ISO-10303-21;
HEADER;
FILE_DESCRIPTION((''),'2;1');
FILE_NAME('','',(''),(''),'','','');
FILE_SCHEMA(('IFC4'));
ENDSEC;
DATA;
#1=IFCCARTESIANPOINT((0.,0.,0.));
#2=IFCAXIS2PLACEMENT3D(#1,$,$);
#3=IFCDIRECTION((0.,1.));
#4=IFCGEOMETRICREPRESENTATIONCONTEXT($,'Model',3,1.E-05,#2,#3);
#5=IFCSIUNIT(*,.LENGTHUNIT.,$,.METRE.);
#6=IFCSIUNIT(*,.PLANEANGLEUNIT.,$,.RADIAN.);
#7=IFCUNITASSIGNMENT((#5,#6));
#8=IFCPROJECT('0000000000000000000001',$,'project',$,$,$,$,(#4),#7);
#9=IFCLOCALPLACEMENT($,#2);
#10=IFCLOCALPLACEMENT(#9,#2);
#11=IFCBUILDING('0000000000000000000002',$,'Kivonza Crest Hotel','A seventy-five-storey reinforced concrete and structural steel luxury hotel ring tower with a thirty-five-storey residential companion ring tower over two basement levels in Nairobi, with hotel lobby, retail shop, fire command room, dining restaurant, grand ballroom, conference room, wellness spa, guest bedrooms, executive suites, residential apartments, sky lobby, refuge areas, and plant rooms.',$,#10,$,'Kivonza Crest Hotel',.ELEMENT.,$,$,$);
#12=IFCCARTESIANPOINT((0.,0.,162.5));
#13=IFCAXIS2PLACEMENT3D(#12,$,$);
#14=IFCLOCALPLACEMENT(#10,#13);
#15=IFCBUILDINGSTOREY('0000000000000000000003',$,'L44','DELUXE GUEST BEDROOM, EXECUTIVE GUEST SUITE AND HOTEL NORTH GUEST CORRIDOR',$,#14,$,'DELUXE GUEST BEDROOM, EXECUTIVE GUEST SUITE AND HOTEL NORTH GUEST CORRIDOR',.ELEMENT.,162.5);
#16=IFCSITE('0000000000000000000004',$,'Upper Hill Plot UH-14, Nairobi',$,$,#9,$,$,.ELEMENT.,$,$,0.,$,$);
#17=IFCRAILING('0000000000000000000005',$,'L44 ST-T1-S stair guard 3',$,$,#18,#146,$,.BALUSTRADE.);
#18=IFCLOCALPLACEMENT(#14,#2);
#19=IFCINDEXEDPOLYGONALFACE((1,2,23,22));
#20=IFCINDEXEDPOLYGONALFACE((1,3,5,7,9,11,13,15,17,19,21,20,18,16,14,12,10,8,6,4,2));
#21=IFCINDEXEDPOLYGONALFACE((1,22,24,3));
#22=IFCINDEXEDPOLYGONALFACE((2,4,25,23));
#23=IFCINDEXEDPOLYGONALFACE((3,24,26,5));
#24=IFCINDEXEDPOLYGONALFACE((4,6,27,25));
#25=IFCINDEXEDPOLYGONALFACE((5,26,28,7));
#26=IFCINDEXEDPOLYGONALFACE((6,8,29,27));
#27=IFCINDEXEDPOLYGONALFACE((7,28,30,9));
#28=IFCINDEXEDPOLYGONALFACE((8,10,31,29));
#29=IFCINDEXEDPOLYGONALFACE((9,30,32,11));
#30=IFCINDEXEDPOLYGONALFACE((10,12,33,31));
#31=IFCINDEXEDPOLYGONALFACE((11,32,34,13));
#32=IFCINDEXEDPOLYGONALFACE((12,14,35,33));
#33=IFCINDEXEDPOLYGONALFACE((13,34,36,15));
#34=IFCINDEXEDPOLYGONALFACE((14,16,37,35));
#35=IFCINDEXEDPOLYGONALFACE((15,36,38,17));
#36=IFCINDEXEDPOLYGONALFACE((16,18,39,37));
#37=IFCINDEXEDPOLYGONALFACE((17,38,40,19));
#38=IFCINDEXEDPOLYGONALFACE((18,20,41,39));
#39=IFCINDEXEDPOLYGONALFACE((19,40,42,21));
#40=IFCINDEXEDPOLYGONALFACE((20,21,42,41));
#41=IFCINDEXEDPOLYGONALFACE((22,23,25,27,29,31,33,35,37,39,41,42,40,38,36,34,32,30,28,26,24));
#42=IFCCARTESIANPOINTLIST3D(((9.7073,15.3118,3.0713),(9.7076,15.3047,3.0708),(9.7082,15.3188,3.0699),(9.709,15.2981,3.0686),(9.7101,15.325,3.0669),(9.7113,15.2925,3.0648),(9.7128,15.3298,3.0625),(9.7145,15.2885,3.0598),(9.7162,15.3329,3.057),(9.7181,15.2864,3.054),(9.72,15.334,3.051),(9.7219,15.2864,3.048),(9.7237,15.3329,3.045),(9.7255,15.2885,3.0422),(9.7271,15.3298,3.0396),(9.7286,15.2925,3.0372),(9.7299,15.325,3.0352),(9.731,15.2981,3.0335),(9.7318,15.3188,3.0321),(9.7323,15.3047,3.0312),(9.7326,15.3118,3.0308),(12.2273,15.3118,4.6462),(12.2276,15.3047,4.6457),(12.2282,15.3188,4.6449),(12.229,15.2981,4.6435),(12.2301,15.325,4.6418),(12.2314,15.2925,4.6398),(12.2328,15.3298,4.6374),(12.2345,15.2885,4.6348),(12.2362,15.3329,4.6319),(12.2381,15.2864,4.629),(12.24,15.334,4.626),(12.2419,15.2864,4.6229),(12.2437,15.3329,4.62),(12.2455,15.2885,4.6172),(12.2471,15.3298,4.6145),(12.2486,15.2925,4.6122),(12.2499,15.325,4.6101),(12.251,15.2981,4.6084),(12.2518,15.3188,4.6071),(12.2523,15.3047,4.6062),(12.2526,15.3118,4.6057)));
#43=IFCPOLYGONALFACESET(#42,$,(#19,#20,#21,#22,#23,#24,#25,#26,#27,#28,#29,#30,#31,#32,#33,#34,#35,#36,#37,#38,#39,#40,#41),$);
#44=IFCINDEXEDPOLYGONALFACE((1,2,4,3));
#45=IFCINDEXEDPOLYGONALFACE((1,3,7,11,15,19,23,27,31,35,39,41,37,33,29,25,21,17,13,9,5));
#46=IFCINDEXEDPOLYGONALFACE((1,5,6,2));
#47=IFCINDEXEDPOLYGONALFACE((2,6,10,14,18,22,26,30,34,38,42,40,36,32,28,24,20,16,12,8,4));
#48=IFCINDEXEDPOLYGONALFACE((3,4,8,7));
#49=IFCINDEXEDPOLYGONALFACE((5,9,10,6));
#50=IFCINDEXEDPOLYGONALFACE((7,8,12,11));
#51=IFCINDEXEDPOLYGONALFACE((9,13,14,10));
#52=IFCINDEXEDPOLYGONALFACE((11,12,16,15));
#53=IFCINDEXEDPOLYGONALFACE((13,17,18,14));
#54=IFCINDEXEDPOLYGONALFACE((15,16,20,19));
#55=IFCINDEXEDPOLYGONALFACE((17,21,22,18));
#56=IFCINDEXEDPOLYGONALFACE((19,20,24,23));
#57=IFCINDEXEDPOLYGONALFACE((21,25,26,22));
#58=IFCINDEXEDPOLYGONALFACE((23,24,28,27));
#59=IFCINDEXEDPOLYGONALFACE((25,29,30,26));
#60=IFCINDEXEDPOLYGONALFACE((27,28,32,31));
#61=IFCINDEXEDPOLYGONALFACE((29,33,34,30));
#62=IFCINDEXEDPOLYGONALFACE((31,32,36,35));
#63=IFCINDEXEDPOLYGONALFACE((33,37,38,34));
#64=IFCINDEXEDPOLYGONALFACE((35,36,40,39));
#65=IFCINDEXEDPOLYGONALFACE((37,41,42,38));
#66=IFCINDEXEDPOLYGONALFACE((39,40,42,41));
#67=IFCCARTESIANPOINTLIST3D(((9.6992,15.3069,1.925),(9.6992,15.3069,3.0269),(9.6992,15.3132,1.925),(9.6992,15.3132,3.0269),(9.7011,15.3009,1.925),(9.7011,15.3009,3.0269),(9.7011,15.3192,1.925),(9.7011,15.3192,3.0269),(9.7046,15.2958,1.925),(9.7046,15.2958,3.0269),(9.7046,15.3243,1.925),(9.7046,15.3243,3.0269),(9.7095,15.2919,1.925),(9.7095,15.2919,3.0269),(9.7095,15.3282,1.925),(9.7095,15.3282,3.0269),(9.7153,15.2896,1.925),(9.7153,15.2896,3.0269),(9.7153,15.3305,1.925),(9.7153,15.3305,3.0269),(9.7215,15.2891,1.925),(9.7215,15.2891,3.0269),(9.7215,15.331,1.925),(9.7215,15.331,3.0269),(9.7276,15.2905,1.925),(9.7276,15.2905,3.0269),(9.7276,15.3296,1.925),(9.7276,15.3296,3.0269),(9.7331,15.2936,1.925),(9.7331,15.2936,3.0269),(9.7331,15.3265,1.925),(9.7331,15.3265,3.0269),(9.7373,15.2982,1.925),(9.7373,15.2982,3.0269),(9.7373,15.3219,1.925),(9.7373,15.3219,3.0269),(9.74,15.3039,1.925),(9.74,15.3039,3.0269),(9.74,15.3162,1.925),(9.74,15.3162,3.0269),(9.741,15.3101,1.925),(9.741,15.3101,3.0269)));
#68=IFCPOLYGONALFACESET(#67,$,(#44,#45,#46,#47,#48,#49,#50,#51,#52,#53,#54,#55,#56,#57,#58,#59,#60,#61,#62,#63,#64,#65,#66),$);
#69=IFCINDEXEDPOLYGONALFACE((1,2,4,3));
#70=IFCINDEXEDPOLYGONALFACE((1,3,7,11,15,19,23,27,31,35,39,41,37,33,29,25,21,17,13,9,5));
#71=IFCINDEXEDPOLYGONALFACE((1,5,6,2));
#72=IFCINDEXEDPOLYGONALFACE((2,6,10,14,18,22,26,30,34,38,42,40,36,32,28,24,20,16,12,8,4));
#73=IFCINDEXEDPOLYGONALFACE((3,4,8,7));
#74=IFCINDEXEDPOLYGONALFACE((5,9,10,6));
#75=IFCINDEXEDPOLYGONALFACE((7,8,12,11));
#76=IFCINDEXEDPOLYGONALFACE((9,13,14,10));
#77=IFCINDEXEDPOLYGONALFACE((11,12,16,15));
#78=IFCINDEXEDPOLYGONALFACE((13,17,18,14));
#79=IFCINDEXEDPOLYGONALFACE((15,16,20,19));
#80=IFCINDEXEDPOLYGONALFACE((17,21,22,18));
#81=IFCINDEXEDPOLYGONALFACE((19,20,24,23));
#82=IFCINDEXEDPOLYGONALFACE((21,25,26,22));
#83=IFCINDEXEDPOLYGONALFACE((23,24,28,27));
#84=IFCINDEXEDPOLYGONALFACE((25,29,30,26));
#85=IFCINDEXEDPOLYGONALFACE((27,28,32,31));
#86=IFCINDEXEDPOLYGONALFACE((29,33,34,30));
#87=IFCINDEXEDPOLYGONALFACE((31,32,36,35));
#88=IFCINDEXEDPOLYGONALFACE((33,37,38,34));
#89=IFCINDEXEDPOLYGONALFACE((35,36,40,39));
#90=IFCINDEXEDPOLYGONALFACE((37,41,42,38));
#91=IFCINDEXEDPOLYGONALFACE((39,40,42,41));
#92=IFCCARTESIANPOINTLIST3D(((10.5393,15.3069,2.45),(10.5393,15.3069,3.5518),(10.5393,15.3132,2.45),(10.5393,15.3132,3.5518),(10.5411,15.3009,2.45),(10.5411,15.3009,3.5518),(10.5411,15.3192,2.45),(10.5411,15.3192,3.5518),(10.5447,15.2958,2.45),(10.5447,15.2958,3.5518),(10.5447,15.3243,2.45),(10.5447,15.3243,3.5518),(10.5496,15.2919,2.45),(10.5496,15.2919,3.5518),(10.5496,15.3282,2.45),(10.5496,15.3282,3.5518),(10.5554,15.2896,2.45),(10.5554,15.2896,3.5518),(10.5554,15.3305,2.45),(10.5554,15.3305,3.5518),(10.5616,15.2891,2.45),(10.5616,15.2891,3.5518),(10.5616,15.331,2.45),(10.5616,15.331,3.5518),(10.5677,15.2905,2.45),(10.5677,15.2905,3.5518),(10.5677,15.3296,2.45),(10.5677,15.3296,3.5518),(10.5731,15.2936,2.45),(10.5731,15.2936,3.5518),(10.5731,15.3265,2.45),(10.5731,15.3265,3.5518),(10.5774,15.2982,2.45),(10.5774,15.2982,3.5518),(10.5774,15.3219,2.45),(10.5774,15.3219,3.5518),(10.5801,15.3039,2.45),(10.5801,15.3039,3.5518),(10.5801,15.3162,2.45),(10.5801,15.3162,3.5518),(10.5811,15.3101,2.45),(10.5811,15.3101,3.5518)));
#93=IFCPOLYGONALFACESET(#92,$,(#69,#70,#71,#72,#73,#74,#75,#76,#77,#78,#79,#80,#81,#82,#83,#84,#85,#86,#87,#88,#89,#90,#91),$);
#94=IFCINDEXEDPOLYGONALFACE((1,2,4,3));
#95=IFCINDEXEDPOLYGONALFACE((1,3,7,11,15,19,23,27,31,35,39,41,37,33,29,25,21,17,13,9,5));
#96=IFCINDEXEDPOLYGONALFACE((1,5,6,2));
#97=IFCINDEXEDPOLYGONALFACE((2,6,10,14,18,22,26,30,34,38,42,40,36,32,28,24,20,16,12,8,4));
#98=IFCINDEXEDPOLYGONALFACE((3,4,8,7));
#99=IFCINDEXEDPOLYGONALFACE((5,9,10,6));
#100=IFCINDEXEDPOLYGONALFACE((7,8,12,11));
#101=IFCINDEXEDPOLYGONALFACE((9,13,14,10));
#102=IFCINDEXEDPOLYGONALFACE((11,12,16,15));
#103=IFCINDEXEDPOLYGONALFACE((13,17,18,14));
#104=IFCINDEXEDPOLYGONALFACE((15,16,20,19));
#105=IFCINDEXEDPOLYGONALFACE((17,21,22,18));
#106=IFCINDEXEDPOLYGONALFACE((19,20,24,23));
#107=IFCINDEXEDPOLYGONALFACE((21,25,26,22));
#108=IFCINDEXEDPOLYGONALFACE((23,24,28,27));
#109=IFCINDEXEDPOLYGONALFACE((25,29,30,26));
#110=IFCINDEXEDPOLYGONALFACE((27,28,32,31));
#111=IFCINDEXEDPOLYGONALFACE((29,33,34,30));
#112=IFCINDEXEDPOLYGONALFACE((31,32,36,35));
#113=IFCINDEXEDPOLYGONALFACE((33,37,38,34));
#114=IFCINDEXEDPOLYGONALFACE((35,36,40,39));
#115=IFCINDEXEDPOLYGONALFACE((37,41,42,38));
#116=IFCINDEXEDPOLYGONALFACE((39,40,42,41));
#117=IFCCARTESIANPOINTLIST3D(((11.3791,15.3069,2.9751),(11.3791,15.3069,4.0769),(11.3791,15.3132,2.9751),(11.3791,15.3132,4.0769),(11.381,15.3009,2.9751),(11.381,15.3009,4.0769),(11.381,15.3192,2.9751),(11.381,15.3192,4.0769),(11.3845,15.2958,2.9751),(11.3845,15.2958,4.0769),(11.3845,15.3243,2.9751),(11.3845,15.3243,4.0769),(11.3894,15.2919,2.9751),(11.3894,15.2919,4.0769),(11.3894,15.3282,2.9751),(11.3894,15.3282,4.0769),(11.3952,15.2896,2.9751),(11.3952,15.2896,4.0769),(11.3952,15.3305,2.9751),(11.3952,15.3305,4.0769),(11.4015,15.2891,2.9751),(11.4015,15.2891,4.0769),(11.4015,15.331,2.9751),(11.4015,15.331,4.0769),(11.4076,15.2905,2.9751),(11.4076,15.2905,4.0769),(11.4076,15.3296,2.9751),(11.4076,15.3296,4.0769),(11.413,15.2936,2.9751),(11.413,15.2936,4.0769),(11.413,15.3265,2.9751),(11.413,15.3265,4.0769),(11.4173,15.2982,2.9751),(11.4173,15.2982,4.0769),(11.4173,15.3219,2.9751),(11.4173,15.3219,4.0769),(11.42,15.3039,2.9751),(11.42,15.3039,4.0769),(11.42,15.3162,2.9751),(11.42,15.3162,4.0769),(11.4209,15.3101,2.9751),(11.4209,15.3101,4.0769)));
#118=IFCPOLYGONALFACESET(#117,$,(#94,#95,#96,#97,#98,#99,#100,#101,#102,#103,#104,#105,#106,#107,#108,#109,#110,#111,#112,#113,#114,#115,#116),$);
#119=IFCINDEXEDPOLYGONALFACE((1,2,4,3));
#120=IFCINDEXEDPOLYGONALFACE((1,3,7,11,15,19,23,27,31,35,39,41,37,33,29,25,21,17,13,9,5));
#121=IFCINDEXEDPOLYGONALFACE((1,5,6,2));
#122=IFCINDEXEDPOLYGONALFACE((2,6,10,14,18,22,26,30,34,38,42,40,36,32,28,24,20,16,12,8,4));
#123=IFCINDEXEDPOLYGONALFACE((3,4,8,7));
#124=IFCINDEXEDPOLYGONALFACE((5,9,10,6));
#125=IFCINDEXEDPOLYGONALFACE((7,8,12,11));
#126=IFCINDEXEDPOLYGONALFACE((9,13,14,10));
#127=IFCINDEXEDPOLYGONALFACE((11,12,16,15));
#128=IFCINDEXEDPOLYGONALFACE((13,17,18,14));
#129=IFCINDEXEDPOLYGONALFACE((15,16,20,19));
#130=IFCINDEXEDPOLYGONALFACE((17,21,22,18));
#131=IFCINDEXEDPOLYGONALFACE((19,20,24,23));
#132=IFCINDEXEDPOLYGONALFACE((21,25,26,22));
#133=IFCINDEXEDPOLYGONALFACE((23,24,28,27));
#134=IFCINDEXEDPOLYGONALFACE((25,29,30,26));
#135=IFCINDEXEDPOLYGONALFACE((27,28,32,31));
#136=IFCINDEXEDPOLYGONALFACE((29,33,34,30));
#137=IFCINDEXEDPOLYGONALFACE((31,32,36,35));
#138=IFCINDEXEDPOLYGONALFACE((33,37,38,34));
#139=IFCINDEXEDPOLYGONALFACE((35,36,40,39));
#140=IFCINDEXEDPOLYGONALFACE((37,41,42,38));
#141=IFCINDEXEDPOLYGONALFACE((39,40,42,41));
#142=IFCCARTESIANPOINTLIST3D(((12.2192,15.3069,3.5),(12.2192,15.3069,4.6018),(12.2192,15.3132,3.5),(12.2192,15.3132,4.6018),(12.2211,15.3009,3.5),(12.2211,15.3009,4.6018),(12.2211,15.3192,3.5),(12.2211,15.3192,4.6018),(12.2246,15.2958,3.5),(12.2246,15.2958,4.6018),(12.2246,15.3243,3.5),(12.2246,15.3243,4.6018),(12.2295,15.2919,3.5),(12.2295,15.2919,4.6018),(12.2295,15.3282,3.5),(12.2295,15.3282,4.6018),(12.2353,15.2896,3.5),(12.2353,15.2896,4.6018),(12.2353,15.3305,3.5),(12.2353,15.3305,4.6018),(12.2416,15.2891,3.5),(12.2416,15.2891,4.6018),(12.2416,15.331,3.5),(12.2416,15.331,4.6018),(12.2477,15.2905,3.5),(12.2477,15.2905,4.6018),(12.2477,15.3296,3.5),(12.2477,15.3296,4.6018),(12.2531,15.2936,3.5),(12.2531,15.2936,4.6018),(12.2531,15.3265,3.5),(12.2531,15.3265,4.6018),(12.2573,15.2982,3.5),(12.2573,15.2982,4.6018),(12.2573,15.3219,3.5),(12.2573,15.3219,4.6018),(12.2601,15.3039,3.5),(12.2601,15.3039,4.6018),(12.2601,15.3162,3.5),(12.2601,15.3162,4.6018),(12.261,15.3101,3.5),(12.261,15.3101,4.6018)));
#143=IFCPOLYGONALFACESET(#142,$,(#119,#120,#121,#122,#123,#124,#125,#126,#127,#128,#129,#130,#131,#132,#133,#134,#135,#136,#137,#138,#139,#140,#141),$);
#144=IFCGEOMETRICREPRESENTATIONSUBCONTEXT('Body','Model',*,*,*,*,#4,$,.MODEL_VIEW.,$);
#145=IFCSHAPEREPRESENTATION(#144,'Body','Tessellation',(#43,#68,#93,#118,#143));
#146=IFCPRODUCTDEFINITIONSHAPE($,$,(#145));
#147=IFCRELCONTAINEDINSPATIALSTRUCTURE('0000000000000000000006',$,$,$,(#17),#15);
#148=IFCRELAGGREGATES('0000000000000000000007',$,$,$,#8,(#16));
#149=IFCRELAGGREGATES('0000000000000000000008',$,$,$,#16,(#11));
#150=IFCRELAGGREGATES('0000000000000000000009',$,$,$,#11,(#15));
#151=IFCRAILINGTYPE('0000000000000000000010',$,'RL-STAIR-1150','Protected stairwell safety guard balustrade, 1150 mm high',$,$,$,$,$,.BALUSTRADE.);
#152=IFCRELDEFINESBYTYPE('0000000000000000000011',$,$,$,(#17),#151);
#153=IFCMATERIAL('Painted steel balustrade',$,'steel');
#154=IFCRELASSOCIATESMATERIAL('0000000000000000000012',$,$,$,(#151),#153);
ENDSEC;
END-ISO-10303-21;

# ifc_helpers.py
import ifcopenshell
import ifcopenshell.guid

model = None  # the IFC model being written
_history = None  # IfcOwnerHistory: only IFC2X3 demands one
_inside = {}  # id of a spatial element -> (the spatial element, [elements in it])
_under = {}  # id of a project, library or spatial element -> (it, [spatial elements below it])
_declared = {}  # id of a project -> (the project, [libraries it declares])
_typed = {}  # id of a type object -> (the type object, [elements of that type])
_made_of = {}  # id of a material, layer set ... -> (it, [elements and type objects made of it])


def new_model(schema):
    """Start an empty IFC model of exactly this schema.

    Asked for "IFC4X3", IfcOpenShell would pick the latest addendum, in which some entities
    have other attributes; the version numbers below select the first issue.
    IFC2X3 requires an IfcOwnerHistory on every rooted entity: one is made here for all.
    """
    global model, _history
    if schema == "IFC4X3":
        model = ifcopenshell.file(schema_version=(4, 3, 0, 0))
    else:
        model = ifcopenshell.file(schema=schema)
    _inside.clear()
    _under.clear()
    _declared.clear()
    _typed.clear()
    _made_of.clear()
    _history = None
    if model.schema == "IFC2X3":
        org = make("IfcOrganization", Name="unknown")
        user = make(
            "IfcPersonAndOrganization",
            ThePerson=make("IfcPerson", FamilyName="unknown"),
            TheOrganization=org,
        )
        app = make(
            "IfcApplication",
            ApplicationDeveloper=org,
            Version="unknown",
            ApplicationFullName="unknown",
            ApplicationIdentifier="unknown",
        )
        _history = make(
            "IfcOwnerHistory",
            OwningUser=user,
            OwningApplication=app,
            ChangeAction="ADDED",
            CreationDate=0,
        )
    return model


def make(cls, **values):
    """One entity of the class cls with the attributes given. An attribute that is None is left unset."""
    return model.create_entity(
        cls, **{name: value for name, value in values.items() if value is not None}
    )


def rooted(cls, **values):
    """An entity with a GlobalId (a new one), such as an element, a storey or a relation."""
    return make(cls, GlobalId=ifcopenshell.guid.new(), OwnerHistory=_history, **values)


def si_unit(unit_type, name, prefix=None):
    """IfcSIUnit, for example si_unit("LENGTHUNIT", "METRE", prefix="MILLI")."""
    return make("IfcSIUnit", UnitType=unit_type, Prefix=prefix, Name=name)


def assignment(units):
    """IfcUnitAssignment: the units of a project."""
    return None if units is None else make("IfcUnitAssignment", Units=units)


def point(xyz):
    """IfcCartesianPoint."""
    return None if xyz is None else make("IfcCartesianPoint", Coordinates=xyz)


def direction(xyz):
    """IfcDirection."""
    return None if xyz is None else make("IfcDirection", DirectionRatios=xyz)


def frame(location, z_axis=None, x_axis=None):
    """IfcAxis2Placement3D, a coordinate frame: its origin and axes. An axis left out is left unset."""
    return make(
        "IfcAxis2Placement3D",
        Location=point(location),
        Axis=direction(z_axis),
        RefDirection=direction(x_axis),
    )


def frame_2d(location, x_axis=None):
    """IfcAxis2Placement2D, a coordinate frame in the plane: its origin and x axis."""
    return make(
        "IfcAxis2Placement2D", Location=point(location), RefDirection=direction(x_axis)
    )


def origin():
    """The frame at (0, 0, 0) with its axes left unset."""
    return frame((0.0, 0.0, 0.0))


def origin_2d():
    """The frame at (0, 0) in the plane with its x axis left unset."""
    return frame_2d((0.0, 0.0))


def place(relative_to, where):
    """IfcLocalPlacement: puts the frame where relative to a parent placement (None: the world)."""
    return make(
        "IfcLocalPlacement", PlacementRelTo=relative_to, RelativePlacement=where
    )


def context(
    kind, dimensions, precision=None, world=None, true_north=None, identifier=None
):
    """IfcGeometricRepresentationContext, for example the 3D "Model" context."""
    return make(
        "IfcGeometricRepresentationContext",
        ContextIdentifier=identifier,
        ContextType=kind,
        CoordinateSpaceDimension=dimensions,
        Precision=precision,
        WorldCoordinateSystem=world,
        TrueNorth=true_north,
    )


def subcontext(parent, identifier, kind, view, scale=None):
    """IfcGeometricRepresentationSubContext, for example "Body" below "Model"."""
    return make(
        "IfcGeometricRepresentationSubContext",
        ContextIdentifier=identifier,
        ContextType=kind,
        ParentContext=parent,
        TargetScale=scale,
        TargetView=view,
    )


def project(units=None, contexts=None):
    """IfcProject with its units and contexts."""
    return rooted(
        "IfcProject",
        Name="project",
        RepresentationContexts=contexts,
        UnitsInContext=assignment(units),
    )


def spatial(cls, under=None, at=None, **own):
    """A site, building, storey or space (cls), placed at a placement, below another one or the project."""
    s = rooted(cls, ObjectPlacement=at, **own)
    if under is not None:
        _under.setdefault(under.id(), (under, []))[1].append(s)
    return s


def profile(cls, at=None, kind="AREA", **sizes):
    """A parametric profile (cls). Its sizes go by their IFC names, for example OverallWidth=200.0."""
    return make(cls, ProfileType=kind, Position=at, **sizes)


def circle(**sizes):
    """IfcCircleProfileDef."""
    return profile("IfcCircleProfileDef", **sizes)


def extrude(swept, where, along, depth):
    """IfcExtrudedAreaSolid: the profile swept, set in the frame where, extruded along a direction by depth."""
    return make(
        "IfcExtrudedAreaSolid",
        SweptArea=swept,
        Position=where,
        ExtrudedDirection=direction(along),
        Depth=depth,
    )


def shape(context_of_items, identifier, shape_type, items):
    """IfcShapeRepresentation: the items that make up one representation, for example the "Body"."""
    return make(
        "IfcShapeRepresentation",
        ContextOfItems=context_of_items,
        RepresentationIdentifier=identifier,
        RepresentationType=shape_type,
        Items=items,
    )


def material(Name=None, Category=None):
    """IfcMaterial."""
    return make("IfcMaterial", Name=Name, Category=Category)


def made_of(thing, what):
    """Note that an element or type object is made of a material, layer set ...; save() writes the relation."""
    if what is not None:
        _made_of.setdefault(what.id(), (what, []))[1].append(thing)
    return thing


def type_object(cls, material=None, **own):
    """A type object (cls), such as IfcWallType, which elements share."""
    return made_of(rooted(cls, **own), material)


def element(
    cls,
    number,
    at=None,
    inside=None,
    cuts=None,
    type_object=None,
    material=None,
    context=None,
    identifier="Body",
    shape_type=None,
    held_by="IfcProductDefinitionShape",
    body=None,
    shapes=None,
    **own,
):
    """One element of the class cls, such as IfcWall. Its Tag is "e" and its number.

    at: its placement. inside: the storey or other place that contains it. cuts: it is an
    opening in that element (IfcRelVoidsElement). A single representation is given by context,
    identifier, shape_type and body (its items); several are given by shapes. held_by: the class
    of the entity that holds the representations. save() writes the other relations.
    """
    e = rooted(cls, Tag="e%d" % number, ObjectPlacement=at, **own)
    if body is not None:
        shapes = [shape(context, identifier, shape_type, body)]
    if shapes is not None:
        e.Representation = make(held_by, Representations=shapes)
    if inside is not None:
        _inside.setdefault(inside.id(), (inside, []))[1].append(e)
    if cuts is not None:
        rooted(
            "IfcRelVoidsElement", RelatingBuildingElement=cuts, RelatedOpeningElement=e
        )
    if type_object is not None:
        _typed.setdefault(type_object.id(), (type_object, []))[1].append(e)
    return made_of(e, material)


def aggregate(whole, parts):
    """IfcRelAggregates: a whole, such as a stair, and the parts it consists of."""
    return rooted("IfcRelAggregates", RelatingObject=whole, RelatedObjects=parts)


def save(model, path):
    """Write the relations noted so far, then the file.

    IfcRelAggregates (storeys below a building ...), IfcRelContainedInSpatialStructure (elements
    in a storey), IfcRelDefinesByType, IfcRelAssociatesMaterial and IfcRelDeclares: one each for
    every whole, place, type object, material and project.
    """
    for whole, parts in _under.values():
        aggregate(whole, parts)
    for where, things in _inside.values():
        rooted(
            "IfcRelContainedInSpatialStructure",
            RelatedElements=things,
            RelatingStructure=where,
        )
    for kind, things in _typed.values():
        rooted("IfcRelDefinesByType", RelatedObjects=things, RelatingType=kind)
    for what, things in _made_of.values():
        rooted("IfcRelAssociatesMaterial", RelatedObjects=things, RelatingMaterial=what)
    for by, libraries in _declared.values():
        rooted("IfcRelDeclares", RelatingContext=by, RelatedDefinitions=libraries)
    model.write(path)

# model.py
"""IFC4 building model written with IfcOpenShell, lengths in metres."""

from ifc_helpers import new_model, si_unit, direction, frame, origin, origin_2d, place, context, subcontext, project, spatial, circle, extrude, material, type_object, element, save


model = new_model("IFC4")

# Units and contexts
model_context = context("Model", 3, precision=1e-05, world=origin(), true_north=direction((0.0, 1.0)))
body_context = subcontext(model_context, "Body", "Model", "MODEL_VIEW")
ifc_project = project(units=[si_unit("LENGTHUNIT", "METRE"), si_unit("PLANEANGLEUNIT", "RADIAN")], contexts=[model_context])

# Site, building, storey
site_placement = place(None, origin())
site = spatial("IfcSite", under=ifc_project, at=site_placement, Name="Upper Hill Plot UH-14, Nairobi", CompositionType="ELEMENT", RefElevation=0.0)
building_placement = place(site_placement, origin())
building = spatial("IfcBuilding", under=site, at=building_placement, Name="Kivonza Crest Hotel", Description="A seventy-five-storey reinforced concrete and structural steel luxury hotel ring tower with a thirty-five-storey residential companion ring tower over two basement levels in Nairobi, with hotel lobby, retail shop, fire command room, dining restaurant, grand ballroom, conference room, wellness spa, guest bedrooms, executive suites, residential apartments, sky lobby, refuge areas, and plant rooms.", LongName="Kivonza Crest Hotel", CompositionType="ELEMENT")
storey_placement = place(building_placement, frame((0.0, 0.0, 162.5)))
storey = spatial("IfcBuildingStorey", under=building, at=storey_placement, Name="L44", Description="DELUXE GUEST BEDROOM, EXECUTIVE GUEST SUITE AND HOTEL NORTH GUEST CORRIDOR", LongName="DELUXE GUEST BEDROOM, EXECUTIVE GUEST SUITE AND HOTEL NORTH GUEST CORRIDOR", CompositionType="ELEMENT", Elevation=162.5)

# Railing
ifc_material_1 = material(Name="Painted steel balustrade", Category="steel")
railing_type_1 = type_object("IfcRailingType", Name="RL-STAIR-1150", Description="Protected stairwell safety guard balustrade, 1150 mm high", PredefinedType="BALUSTRADE", material=ifc_material_1)
railing_1_placement = place(storey_placement, frame((9.72, 15.3101, 1.925)))
element("IfcRailing", 1, at=railing_1_placement, inside=storey, type_object=railing_type_1, Name="L44 ST-T1-S stair guard 3", PredefinedType="BALUSTRADE", context=body_context, shape_type="SweptSolid", body=[
    extrude(circle(Radius=0.0239, at=origin_2d()), frame((0.0, 0.0, 1.126), z_axis=(0.848008, 0.0, 0.529984), x_axis=(0.0, 1.0, 0.0)), (0.0, 0.0, 1.0), 2.9717),
    extrude(circle(Radius=0.021, at=origin_2d()), origin(), (0.0, 0.0, 1.0), 1.1018),
    extrude(circle(Radius=0.021, at=origin_2d()), frame((0.8401, 0.0, 0.5249)), (0.0, 0.0, 1.0), 1.1018),
    extrude(circle(Radius=0.021, at=origin_2d()), frame((1.6799, 0.0, 1.05)), (0.0, 0.0, 1.0), 1.1018),
    extrude(circle(Radius=0.021, at=origin_2d()), frame((2.52, 0.0, 1.575)), (0.0, 0.0, 1.0), 1.1018),
])

save(model, "model.ifc")
